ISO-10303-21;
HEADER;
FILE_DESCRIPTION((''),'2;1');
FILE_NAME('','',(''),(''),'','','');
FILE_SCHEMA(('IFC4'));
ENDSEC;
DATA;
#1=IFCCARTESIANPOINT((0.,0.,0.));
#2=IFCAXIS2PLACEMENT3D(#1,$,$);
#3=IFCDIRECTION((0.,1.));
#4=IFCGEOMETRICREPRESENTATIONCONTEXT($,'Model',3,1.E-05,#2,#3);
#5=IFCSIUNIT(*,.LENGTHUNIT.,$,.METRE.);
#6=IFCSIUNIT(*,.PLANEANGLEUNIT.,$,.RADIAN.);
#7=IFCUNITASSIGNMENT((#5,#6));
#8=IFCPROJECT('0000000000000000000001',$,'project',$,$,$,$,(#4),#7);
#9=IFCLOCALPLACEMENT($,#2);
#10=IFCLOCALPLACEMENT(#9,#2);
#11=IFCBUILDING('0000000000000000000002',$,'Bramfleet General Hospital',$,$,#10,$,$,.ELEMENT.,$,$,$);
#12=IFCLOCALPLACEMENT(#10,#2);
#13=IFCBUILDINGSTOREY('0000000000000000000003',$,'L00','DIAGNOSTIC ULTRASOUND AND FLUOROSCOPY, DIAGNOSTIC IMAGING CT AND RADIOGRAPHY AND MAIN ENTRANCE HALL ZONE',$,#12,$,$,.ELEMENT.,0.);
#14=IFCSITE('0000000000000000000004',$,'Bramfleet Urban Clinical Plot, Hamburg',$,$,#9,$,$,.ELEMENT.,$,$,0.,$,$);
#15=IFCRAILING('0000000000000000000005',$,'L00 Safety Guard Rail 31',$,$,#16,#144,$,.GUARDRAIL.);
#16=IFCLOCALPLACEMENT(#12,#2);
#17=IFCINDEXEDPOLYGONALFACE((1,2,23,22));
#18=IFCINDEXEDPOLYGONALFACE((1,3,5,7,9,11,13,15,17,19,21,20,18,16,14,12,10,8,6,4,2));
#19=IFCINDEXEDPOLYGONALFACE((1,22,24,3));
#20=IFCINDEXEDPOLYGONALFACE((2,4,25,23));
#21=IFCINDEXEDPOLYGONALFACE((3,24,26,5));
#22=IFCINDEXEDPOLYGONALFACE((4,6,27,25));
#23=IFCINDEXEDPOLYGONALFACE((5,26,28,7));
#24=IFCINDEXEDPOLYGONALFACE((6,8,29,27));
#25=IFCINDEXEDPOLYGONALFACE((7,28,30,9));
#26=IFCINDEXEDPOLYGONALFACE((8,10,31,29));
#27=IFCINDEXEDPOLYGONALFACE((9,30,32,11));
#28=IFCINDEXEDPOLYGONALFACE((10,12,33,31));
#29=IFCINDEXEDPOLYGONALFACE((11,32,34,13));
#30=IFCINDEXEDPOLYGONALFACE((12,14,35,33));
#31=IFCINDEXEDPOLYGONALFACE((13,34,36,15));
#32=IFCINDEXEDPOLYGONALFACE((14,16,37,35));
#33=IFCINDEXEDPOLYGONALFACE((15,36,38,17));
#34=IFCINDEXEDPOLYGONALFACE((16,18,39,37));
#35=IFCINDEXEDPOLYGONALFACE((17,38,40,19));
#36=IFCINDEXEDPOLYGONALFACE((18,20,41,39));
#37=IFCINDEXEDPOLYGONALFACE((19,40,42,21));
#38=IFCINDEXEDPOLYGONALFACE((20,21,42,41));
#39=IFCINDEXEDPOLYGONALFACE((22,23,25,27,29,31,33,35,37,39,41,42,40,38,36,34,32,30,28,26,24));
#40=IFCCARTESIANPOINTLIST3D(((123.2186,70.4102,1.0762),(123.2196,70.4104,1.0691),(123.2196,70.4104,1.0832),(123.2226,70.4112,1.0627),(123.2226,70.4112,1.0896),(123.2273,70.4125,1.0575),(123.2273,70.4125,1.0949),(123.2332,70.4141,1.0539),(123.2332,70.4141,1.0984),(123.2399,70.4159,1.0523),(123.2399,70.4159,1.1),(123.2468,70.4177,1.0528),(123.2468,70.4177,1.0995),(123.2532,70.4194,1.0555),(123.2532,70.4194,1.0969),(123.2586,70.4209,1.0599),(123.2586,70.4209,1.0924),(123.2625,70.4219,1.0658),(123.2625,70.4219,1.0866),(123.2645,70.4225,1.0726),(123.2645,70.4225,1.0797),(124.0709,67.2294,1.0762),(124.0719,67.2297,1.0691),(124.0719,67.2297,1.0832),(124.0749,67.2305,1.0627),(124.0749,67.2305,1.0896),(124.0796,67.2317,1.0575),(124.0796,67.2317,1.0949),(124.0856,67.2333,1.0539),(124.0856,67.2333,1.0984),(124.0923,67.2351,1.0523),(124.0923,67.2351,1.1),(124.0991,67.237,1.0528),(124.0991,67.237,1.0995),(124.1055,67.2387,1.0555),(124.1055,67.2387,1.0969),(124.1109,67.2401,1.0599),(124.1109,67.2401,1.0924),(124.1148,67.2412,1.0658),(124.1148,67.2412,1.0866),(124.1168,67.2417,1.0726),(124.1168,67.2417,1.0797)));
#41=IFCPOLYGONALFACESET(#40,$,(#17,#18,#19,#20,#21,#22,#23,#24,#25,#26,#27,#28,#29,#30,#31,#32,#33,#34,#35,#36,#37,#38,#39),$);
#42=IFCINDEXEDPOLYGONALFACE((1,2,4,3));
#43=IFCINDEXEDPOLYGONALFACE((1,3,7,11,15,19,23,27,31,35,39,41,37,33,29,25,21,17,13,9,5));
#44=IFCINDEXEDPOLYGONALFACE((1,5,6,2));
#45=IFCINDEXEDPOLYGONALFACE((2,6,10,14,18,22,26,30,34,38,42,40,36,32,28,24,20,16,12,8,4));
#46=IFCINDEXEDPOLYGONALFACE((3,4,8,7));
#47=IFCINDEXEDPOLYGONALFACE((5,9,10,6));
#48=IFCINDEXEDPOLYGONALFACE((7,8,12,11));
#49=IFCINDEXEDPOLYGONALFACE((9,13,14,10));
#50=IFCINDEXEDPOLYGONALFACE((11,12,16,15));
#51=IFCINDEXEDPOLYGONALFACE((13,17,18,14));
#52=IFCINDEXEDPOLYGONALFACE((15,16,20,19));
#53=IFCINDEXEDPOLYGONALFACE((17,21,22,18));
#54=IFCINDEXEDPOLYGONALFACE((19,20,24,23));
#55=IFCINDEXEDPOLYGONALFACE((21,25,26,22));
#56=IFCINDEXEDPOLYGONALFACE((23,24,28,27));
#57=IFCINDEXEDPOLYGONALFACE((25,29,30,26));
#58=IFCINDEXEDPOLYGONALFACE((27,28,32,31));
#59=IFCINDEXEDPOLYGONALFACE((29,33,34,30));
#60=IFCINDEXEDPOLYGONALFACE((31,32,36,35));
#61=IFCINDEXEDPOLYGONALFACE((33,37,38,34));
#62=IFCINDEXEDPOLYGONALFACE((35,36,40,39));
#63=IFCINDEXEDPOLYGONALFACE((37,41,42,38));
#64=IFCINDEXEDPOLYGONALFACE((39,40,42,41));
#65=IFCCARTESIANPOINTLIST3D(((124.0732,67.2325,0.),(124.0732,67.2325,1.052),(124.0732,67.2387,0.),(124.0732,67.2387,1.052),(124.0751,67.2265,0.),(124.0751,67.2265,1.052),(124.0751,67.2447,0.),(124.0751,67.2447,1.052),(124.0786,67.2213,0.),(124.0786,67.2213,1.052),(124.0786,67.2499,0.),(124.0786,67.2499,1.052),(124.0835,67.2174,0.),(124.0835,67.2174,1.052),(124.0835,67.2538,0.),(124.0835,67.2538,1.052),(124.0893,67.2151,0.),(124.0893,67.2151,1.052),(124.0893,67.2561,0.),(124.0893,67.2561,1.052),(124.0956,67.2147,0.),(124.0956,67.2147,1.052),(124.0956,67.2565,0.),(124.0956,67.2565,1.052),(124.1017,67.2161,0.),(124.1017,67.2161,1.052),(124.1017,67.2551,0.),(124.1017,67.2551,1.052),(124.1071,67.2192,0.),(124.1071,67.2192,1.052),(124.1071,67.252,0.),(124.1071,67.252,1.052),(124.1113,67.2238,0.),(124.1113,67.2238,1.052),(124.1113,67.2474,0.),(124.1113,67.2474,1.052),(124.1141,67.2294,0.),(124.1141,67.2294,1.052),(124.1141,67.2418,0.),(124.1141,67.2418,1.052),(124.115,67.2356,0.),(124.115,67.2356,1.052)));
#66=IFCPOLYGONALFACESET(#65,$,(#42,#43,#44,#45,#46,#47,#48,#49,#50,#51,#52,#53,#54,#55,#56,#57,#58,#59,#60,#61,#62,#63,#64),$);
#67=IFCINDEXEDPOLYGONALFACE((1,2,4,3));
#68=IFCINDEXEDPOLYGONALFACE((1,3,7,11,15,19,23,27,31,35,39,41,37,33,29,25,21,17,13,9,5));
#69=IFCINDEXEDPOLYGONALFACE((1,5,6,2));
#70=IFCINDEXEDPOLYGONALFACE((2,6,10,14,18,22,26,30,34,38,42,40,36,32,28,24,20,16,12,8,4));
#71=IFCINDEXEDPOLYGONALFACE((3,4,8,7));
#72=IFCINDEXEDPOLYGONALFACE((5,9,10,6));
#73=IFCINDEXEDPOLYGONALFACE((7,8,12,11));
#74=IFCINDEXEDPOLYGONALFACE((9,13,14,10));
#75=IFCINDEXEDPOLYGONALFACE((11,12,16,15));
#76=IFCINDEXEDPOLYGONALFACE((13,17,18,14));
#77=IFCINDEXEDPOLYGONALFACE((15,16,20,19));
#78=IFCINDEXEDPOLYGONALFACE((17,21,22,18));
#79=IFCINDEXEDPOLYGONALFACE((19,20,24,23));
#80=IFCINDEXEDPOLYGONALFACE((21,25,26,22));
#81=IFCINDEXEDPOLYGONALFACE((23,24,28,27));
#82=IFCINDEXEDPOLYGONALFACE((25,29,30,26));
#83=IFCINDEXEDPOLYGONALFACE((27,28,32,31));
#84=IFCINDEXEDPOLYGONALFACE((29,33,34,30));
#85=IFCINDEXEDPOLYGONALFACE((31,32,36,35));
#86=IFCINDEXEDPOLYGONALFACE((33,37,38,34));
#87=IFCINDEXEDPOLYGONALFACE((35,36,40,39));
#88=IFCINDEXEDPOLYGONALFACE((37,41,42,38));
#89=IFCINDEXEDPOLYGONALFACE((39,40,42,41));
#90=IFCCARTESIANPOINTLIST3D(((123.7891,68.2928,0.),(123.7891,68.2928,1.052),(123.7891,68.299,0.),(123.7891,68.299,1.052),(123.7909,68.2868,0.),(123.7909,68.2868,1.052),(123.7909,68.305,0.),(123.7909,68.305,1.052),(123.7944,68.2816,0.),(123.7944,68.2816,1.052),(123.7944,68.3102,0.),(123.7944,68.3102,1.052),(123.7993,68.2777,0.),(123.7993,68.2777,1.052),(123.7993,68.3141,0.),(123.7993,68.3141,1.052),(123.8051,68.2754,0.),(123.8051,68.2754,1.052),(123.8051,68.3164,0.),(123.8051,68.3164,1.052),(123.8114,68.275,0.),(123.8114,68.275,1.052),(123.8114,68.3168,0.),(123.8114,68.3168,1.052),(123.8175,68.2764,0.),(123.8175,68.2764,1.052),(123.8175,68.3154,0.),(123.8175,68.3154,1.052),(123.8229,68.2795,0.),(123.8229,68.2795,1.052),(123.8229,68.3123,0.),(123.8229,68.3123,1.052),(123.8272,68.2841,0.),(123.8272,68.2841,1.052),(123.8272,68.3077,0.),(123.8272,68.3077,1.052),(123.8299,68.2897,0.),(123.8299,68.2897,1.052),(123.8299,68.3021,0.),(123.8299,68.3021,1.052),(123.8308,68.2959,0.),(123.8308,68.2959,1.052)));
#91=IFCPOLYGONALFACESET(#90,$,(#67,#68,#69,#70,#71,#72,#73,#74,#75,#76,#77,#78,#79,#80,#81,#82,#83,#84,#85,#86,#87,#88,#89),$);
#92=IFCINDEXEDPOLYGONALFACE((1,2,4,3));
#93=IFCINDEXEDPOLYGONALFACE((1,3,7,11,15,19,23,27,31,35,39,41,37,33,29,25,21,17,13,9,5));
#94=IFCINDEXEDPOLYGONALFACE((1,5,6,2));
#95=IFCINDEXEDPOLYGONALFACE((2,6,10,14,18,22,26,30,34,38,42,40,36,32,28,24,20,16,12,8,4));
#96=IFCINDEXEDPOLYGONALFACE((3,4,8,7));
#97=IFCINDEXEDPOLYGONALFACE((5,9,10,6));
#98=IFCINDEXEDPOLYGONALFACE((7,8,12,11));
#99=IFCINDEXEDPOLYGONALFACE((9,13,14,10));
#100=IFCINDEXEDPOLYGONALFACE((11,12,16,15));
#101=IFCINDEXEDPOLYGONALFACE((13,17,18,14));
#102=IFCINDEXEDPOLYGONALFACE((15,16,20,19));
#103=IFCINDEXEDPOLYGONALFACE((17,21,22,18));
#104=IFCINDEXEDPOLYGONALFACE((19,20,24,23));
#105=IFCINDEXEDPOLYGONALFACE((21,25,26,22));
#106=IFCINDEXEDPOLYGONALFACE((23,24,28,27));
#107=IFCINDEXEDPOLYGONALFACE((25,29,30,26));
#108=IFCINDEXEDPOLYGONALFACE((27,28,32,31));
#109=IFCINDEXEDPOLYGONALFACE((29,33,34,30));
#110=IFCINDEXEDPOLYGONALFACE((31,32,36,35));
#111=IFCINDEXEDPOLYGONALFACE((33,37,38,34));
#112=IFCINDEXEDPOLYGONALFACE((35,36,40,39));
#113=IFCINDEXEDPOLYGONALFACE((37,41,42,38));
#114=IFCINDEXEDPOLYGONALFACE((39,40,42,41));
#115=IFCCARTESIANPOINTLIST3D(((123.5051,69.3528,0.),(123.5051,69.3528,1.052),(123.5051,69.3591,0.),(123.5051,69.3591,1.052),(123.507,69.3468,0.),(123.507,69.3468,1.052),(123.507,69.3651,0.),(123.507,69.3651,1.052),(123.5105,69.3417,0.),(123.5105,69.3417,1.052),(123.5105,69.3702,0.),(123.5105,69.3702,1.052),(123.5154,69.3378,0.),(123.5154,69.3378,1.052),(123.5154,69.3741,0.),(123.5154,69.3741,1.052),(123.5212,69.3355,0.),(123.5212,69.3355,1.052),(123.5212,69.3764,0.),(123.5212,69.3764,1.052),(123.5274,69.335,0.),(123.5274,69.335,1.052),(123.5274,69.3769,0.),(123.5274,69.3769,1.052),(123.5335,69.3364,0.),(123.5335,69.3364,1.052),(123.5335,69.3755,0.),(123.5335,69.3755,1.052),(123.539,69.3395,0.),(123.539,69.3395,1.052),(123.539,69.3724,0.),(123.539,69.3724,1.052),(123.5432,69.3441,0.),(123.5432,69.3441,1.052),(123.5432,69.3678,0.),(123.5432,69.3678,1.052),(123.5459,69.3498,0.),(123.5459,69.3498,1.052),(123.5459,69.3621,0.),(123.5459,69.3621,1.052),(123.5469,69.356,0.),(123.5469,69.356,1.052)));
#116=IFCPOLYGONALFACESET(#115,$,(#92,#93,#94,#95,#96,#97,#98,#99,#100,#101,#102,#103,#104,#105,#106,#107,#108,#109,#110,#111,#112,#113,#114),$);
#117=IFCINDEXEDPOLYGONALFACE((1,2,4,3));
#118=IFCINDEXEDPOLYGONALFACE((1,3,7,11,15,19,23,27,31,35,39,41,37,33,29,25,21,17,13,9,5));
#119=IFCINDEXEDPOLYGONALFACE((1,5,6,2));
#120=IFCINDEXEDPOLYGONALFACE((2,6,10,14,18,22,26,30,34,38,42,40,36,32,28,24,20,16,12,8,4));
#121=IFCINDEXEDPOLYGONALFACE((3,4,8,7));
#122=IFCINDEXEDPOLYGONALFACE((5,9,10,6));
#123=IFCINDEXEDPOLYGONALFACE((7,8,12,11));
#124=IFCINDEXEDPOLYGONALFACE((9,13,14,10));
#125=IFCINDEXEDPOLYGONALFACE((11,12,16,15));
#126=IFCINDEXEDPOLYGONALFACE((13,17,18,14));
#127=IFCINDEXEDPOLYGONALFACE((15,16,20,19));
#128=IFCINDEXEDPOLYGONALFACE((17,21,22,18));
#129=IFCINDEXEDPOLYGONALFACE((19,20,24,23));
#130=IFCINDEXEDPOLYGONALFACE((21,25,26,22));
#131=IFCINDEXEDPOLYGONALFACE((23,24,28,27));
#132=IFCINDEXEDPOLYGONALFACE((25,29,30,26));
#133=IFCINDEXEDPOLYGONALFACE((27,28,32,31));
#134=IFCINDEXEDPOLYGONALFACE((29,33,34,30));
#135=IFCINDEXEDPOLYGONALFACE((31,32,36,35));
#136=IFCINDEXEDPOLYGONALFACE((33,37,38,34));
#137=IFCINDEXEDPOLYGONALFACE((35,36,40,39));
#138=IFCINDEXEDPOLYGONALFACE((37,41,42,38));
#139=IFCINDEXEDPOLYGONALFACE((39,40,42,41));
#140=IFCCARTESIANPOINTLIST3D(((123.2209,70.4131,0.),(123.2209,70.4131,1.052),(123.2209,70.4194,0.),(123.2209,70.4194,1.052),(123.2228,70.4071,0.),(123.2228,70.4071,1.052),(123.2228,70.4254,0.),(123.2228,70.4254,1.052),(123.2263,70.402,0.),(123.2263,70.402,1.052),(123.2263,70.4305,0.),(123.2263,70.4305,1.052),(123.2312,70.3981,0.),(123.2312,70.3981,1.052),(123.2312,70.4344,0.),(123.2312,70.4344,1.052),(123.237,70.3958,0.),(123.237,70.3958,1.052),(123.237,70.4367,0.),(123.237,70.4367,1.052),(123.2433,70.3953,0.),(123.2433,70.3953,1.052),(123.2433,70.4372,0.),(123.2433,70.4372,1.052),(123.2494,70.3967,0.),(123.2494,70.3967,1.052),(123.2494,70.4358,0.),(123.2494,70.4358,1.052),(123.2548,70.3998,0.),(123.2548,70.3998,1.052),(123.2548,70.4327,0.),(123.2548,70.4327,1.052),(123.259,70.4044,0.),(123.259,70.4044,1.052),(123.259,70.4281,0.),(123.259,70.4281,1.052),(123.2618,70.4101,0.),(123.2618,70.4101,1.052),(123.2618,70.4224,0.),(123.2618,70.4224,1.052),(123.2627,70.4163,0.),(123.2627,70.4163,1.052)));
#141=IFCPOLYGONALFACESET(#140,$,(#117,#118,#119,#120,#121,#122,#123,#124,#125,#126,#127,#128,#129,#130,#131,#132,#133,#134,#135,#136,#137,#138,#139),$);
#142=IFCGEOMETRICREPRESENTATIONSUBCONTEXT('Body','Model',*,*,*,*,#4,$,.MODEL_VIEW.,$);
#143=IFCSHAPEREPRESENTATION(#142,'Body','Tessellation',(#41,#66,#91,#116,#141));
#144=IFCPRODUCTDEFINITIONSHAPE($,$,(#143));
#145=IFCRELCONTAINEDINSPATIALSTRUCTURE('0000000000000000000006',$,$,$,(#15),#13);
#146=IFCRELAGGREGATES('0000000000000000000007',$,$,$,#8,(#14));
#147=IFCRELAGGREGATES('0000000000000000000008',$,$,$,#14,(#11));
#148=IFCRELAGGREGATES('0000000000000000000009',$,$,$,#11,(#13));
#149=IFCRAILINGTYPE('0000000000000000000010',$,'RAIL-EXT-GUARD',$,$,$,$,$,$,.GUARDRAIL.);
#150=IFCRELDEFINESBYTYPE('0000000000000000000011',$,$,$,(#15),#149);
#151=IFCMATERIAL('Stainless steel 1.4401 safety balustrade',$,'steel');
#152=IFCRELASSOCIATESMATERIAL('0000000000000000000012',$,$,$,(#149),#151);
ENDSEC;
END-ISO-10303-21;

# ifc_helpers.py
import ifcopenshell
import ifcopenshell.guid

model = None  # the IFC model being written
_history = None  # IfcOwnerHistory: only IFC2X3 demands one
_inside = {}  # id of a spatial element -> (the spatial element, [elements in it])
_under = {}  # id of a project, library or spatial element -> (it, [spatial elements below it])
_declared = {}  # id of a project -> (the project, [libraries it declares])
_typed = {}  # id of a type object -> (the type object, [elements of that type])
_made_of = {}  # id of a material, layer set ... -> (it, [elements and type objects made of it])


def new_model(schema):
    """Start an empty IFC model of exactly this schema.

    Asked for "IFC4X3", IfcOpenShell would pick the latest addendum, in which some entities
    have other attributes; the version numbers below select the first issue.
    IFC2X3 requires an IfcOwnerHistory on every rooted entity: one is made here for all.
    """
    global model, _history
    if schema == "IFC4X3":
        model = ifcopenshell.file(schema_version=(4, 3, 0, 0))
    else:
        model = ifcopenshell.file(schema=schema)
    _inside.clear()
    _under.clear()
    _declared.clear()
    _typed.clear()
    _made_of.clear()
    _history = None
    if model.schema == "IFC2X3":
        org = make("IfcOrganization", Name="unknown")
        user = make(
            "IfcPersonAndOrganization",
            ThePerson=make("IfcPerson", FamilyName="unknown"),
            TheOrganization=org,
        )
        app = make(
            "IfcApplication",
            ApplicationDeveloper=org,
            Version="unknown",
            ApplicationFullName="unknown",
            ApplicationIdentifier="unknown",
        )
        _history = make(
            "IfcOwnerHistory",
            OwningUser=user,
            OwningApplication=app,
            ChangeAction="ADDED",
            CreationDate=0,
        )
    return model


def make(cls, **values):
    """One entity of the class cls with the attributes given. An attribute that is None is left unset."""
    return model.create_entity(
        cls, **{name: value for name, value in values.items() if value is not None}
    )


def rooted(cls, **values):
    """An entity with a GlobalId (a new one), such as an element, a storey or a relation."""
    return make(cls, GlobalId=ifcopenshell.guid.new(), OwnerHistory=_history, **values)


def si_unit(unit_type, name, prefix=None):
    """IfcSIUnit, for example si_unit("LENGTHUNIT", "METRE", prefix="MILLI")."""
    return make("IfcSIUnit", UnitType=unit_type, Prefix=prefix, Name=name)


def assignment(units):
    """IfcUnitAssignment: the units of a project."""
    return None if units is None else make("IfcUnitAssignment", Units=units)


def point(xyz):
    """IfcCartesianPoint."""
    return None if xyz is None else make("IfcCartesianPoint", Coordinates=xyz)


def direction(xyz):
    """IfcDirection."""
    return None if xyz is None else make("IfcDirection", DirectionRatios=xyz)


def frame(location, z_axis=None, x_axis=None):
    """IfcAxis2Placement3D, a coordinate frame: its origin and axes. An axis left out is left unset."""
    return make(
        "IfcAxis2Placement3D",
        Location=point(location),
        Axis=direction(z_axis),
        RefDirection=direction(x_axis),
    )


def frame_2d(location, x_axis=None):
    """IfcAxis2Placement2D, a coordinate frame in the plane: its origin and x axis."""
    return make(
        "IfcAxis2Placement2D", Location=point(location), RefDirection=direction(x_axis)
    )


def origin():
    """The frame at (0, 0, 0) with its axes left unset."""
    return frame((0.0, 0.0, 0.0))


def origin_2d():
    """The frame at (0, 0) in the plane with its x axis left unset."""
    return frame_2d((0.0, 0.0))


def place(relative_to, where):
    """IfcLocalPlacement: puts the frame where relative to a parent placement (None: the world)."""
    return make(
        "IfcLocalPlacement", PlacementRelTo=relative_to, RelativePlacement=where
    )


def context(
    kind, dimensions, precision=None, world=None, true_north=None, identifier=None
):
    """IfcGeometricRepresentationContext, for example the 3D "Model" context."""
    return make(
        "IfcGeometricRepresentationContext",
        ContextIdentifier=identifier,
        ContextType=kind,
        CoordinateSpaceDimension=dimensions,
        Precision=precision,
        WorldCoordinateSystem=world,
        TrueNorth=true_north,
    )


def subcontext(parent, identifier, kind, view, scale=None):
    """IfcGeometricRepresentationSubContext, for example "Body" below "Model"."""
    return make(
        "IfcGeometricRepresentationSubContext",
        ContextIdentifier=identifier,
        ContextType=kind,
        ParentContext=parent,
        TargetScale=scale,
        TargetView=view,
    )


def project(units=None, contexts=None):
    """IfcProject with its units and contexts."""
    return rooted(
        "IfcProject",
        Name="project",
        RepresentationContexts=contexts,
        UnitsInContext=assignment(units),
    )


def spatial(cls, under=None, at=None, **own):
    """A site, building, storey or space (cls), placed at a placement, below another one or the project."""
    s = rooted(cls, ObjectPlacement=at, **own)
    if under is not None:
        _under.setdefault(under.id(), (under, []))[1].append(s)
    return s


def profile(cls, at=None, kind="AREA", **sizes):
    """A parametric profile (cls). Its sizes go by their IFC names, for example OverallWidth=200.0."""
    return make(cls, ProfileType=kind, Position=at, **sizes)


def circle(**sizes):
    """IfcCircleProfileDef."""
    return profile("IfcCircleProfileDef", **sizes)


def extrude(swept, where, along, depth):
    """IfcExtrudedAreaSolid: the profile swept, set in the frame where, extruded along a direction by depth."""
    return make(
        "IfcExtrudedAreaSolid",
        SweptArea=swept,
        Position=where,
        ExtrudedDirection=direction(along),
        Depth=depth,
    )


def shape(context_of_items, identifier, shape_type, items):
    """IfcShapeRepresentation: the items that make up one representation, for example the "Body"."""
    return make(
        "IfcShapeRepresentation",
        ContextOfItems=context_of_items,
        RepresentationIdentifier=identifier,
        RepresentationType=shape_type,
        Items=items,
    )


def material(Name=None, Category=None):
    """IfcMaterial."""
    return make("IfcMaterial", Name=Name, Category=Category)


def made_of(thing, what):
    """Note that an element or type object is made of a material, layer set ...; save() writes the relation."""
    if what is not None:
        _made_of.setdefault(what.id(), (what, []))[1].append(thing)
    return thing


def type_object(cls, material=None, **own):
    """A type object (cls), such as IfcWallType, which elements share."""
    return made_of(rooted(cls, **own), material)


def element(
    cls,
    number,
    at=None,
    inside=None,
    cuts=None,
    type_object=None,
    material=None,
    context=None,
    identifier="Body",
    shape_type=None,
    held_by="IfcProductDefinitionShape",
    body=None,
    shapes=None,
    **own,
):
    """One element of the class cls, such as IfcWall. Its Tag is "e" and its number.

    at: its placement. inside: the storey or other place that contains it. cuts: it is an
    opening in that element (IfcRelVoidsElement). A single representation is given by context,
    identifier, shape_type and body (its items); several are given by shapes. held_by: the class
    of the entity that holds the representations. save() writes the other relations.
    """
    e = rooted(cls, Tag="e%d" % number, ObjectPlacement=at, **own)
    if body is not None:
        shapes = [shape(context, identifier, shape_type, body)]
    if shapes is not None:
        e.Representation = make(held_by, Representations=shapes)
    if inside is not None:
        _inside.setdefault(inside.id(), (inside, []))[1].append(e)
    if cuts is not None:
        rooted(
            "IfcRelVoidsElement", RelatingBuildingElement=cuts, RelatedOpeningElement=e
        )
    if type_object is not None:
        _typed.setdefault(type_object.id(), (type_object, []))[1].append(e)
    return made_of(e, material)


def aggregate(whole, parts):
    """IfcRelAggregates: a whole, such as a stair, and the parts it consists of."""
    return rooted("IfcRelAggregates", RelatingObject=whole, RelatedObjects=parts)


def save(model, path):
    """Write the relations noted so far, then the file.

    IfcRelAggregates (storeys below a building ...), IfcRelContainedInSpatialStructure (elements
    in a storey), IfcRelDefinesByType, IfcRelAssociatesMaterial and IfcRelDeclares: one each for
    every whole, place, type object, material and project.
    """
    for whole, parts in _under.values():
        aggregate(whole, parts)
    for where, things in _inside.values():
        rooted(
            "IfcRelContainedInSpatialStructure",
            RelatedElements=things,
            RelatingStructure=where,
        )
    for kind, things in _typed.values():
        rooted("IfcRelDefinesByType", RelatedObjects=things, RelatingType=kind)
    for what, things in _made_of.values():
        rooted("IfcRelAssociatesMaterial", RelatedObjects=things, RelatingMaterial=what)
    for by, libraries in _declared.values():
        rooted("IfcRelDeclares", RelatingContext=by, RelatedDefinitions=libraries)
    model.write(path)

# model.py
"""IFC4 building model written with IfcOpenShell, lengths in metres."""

from ifc_helpers import new_model, si_unit, direction, frame, origin, origin_2d, place, context, subcontext, project, spatial, circle, extrude, material, type_object, element, save


model = new_model("IFC4")

# Units and contexts
model_context = context("Model", 3, precision=1e-05, world=origin(), true_north=direction((0.0, 1.0)))
body_context = subcontext(model_context, "Body", "Model", "MODEL_VIEW")
ifc_project = project(units=[si_unit("LENGTHUNIT", "METRE"), si_unit("PLANEANGLEUNIT", "RADIAN")], contexts=[model_context])

# Site, building, storey
site_placement = place(None, origin())
site = spatial("IfcSite", under=ifc_project, at=site_placement, Name="Bramfleet Urban Clinical Plot, Hamburg", CompositionType="ELEMENT", RefElevation=0.0)
building_placement = place(site_placement, origin())
building = spatial("IfcBuilding", under=site, at=building_placement, Name="Bramfleet General Hospital", CompositionType="ELEMENT")
storey_placement = place(building_placement, origin())
storey = spatial("IfcBuildingStorey", under=building, at=storey_placement, Name="L00", Description="DIAGNOSTIC ULTRASOUND AND FLUOROSCOPY, DIAGNOSTIC IMAGING CT AND RADIOGRAPHY AND MAIN ENTRANCE HALL ZONE", CompositionType="ELEMENT", Elevation=0.0)

# Railing
ifc_material_1 = material(Name="Stainless steel 1.4401 safety balustrade", Category="steel")
railing_type = type_object("IfcRailingType", Name="RAIL-EXT-GUARD", PredefinedType="GUARDRAIL", material=ifc_material_1)
railing_1_placement = place(storey_placement, frame((124.094, 67.2356, 0.0)))
element("IfcRailing", 1, at=railing_1_placement, inside=storey, type_object=railing_type, Name="L00 Safety Guard Rail 31", PredefinedType="GUARDRAIL", context=body_context, shape_type="SweptSolid", body=[
    extrude(circle(Radius=0.0239, at=origin_2d()), frame((0.0, 0.0, 1.0762), z_axis=(-0.25883, 0.965923, 0.0), x_axis=(-0.965923, -0.25883, 0.0)), (0.0, 0.0, 1.0), 3.293),
    extrude(circle(Radius=0.021, at=origin_2d()), origin(), (0.0, 0.0, 1.0), 1.052),
    extrude(circle(Radius=0.021, at=origin_2d()), frame((-0.2842, 1.0603, 0.0)), (0.0, 0.0, 1.0), 1.052),
    extrude(circle(Radius=0.021, at=origin_2d()), frame((-0.5681, 2.1204, 0.0)), (0.0, 0.0, 1.0), 1.052),
    extrude(circle(Radius=0.021, at=origin_2d()), frame((-0.8523, 3.1807, 0.0)), (0.0, 0.0, 1.0), 1.052),
])

save(model, "model.ifc")
